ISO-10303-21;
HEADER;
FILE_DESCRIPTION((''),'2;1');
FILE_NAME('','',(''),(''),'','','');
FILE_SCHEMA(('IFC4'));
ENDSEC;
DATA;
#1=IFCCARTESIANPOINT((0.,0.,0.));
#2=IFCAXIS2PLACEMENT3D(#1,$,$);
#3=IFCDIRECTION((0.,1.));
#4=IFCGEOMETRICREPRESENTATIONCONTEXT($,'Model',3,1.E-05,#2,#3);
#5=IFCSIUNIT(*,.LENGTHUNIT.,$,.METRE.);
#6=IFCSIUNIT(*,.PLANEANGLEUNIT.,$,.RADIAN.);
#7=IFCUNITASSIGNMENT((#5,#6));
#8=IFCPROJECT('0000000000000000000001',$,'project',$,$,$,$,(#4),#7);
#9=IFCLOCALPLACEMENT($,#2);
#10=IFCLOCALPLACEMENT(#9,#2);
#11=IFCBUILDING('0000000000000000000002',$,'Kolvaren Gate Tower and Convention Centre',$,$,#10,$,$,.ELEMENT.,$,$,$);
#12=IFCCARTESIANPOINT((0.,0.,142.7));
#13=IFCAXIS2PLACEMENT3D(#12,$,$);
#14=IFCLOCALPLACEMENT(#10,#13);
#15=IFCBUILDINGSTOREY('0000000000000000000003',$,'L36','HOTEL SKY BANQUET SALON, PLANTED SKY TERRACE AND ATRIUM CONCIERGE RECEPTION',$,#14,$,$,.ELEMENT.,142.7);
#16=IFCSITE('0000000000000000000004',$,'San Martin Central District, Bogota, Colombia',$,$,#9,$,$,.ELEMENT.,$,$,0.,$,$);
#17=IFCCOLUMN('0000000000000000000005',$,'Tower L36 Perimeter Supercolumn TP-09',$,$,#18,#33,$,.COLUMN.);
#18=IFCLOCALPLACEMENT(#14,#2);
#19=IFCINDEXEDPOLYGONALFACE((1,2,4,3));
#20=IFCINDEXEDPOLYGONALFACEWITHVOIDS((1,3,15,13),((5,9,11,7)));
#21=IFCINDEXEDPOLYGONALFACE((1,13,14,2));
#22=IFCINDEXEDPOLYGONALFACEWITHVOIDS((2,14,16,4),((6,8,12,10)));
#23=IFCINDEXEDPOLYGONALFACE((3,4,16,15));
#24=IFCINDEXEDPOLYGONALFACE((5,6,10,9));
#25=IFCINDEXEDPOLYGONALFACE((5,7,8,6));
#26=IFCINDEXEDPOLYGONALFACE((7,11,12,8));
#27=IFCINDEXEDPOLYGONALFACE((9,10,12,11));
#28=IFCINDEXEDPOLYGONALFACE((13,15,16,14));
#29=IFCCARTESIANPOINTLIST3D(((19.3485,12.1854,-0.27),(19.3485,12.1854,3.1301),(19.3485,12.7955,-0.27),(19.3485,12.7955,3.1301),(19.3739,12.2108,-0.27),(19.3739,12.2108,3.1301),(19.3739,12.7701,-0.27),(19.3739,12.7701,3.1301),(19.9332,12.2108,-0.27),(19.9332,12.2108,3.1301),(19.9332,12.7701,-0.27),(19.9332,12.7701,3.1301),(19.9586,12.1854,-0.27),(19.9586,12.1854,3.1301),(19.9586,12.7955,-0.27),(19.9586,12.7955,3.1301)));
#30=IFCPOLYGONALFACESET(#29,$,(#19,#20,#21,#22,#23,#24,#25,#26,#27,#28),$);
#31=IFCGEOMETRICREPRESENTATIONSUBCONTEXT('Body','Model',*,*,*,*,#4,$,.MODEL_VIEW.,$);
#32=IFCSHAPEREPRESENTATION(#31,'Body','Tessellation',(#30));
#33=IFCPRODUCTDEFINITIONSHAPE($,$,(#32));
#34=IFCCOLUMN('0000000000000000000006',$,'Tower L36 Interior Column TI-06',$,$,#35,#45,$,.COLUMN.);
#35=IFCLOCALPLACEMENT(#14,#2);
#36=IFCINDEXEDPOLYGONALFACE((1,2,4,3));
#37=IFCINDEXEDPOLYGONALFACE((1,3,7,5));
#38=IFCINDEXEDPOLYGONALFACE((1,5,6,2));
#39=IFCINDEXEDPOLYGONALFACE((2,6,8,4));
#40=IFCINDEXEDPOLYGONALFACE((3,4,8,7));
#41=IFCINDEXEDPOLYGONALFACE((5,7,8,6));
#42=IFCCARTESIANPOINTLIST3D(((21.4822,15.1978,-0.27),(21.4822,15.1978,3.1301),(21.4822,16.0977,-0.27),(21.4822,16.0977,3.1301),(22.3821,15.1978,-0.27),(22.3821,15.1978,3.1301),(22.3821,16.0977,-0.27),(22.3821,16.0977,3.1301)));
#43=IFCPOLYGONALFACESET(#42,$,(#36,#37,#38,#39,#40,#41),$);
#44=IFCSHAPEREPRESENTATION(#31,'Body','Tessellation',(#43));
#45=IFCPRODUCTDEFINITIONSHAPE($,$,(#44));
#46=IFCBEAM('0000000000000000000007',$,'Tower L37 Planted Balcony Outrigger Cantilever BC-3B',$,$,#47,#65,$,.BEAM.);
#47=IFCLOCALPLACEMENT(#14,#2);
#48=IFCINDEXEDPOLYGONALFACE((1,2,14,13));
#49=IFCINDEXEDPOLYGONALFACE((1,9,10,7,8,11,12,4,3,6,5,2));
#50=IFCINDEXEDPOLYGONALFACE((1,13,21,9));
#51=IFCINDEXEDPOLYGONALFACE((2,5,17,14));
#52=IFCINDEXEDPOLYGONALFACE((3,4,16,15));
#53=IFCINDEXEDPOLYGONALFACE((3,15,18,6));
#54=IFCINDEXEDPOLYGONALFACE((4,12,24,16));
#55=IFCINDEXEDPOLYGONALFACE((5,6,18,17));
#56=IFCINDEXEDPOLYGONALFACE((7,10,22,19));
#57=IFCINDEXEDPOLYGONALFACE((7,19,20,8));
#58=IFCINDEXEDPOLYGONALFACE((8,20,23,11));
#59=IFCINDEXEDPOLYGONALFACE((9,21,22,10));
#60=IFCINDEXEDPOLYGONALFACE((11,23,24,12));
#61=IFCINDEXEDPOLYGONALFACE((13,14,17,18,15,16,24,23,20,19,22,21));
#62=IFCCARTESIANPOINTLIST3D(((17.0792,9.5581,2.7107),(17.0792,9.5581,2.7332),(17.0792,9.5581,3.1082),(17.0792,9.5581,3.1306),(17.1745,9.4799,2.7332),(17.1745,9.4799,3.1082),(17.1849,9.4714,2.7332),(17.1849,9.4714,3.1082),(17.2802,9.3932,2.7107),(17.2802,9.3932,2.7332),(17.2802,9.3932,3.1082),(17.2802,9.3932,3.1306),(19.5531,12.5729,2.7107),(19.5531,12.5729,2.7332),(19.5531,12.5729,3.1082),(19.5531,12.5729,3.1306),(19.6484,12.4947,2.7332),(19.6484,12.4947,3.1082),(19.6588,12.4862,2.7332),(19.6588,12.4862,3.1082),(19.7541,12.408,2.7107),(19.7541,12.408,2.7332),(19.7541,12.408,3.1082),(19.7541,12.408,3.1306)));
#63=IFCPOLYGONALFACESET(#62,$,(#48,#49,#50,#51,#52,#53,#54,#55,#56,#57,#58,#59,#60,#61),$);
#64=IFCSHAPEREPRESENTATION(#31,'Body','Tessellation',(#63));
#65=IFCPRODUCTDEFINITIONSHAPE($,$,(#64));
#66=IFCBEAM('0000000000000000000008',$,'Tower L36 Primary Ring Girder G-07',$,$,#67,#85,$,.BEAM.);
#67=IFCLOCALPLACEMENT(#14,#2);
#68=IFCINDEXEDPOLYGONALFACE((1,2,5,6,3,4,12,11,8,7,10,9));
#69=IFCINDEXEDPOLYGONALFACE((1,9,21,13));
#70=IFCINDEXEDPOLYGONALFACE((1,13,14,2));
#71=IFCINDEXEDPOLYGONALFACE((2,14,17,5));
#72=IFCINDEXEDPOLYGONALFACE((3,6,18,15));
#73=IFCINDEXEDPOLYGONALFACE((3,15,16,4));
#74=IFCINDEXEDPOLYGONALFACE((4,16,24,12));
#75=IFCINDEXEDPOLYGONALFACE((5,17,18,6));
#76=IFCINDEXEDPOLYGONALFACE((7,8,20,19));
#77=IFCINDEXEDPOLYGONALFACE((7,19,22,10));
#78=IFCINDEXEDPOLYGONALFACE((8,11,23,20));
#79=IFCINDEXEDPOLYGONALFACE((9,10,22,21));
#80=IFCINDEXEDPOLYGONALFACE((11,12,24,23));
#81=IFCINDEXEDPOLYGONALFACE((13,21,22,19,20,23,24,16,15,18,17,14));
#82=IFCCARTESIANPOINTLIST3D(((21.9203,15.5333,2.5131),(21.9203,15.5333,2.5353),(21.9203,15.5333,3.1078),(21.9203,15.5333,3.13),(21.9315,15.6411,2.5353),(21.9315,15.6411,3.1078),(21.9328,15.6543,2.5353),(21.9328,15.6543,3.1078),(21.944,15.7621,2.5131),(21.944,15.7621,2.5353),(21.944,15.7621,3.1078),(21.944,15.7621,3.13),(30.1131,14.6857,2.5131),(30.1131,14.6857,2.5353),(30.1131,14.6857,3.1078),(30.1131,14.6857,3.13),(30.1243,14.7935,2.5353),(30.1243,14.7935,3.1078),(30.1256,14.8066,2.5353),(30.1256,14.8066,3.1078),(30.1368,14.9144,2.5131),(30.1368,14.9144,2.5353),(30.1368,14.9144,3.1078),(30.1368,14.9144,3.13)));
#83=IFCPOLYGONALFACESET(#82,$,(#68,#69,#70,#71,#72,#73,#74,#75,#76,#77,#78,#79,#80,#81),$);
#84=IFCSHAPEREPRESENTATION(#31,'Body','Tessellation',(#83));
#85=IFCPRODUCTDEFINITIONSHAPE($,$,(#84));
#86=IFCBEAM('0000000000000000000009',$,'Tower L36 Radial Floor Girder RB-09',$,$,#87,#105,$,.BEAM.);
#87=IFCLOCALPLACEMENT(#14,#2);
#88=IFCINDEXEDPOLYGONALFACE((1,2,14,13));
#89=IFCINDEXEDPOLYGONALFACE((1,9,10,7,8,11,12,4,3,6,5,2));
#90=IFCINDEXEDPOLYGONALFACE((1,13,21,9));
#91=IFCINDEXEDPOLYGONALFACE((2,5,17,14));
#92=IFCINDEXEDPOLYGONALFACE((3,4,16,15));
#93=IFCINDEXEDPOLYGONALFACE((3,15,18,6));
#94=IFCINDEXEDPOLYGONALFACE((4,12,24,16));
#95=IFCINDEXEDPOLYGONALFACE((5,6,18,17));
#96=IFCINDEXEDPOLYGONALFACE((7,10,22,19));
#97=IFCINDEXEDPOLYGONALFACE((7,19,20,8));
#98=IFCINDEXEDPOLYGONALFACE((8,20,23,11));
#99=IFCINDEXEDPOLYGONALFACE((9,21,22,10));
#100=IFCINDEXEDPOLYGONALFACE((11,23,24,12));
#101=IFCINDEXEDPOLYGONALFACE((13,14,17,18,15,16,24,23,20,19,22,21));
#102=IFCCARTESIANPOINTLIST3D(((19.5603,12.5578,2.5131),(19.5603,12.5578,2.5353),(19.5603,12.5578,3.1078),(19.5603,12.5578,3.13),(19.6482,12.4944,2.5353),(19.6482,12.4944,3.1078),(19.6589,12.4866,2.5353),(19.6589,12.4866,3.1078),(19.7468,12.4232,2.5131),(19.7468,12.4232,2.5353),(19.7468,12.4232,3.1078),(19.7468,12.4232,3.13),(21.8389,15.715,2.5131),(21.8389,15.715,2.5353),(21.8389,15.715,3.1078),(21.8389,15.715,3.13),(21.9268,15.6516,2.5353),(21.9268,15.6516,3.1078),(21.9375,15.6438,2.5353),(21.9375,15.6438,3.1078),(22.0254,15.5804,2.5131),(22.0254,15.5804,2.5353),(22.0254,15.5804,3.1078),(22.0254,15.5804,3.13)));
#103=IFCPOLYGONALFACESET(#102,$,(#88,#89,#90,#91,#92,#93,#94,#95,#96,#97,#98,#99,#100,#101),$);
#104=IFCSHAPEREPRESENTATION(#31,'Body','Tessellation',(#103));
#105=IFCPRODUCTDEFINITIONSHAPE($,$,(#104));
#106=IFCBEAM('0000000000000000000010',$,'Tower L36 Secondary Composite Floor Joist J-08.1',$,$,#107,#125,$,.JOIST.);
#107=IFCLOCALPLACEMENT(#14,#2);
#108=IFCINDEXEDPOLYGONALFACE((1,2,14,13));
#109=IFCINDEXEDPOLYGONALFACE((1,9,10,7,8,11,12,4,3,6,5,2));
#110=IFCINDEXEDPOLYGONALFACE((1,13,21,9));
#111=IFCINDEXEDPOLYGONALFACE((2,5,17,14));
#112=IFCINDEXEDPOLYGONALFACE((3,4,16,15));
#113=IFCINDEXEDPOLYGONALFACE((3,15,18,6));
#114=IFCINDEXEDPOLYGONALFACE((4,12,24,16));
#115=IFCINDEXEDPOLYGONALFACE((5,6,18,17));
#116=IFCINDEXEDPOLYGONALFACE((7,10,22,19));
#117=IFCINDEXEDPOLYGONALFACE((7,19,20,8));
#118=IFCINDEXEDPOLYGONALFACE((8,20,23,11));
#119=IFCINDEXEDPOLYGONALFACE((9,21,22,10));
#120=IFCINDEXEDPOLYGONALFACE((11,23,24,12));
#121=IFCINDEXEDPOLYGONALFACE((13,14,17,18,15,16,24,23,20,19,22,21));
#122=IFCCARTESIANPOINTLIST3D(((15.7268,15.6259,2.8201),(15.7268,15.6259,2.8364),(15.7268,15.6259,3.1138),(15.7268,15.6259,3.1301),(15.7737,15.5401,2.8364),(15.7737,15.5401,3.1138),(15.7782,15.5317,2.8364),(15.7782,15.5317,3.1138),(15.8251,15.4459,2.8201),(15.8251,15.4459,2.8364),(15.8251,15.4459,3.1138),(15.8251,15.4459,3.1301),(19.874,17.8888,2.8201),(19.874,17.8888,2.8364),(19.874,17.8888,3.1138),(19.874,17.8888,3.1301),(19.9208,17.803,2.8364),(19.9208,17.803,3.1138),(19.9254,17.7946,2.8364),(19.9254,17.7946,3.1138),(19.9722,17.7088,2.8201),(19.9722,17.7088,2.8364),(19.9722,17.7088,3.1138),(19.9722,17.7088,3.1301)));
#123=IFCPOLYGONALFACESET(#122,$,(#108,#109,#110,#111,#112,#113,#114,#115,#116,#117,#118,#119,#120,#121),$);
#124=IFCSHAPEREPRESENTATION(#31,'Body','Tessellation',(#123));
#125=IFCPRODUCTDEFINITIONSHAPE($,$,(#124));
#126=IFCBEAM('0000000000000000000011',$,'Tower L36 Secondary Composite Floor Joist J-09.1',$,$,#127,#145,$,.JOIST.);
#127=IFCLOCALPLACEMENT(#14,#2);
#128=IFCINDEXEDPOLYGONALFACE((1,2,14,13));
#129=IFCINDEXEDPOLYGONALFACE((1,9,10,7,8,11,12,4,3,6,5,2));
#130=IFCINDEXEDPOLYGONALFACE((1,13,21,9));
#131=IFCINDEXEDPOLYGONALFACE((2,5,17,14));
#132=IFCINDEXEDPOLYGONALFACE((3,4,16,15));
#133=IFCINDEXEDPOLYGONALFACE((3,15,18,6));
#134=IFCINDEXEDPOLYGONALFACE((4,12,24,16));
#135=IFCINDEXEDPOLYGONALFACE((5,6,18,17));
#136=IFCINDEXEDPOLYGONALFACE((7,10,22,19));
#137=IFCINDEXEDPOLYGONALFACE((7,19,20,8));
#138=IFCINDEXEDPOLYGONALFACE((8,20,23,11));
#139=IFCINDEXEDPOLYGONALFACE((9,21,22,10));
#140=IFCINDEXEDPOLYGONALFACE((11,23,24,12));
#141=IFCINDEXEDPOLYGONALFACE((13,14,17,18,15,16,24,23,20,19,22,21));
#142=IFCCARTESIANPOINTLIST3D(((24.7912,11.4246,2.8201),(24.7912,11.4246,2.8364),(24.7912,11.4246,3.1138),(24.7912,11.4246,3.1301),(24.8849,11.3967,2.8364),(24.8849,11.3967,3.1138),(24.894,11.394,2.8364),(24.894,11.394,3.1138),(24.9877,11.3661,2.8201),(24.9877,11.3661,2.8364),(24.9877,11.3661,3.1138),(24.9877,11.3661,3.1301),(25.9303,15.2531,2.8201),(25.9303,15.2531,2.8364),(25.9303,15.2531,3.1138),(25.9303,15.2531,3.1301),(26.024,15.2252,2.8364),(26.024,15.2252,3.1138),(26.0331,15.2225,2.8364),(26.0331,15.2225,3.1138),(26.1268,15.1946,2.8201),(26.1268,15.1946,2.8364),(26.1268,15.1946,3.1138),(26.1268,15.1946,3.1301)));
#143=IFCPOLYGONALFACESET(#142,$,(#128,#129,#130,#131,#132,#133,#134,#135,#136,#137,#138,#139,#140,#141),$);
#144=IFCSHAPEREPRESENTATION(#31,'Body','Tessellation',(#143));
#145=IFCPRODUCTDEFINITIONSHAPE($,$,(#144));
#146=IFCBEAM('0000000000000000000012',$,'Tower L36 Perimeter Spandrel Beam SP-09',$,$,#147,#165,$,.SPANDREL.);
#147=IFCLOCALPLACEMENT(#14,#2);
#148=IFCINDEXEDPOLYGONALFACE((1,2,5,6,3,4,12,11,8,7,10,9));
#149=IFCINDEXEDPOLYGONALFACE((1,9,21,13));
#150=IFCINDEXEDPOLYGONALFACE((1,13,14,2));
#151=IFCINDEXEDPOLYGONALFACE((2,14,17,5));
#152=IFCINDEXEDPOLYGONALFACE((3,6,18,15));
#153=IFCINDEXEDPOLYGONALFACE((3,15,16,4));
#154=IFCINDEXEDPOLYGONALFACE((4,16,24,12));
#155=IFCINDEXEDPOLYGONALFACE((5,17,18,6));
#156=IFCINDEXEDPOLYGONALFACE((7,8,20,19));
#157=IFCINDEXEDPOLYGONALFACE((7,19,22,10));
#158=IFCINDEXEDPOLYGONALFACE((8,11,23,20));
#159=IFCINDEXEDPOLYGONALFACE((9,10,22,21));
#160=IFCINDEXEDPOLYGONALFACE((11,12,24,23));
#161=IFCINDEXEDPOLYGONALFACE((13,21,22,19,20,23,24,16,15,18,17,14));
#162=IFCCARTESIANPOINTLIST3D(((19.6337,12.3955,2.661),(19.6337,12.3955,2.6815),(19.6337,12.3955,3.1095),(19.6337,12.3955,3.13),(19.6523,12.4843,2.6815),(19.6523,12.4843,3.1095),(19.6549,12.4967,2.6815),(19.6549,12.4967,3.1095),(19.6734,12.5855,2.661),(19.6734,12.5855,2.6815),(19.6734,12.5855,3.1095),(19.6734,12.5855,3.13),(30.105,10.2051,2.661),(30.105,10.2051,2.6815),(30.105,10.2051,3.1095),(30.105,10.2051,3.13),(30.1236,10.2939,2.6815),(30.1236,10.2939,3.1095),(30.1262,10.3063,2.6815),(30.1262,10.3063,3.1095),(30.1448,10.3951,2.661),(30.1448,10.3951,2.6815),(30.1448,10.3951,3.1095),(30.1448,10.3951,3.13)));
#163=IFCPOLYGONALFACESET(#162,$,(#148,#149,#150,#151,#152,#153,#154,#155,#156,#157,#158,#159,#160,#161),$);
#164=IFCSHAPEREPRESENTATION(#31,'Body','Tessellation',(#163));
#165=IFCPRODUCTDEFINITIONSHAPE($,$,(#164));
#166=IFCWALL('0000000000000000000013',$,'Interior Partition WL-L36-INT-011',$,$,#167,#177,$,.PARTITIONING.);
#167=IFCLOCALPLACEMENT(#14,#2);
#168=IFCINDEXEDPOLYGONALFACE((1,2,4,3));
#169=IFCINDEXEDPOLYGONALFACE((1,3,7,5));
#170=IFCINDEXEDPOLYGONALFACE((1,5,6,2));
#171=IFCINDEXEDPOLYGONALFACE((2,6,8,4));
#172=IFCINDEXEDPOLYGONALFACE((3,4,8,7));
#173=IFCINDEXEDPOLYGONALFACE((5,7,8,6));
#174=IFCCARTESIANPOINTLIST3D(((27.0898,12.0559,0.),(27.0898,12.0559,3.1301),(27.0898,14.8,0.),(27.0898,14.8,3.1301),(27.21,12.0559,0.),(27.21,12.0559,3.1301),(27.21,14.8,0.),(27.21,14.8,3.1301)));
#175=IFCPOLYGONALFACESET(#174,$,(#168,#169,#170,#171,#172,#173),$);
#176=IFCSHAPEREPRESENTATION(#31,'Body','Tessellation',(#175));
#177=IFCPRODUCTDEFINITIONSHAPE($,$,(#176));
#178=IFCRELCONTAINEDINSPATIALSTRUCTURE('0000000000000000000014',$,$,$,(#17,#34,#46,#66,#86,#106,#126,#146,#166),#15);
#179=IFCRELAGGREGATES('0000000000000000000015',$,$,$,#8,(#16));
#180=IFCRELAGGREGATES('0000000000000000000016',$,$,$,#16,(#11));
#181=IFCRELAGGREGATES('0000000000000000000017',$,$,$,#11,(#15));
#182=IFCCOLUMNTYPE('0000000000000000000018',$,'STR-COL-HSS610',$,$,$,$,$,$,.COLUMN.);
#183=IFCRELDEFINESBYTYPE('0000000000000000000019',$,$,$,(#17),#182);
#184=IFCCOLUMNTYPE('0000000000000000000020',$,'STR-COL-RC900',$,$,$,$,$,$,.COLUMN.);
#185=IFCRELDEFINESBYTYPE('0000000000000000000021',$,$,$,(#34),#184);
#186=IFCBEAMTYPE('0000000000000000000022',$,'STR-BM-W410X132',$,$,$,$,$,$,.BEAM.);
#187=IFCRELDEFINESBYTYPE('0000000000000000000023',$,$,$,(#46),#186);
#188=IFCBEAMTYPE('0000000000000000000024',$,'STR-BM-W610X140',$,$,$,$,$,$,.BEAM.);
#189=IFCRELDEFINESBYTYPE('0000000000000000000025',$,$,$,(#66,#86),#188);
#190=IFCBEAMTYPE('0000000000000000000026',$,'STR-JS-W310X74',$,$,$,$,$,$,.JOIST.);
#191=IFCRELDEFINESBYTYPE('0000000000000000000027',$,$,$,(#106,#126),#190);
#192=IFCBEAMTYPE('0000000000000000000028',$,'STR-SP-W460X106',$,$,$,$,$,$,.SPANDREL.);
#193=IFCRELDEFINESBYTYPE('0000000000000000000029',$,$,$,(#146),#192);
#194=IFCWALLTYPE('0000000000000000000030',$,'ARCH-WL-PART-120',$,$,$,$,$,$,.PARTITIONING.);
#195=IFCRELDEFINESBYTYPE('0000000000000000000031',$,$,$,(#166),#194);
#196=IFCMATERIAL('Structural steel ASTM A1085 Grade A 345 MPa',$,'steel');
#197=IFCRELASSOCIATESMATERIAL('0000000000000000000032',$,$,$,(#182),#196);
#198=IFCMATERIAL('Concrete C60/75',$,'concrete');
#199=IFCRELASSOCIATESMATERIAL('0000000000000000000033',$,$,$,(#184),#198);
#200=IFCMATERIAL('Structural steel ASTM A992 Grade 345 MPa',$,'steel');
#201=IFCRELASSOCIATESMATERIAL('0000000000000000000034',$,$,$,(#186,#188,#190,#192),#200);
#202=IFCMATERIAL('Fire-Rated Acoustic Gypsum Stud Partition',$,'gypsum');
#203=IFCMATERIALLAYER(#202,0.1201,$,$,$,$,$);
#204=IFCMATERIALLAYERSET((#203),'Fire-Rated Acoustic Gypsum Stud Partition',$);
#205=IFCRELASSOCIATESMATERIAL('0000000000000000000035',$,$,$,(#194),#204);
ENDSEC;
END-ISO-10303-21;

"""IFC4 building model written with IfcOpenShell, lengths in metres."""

from ifc_helpers import new_model, si_unit, direction, frame, frame_2d, origin, origin_2d, place, context, subcontext, project, spatial, rectangle, hollow_rectangle, i_section, extrude, material, layer, layer_set, material_profile, profile_set, type_object, element, save


model = new_model("IFC4")

# Units and contexts
model_context = context("Model", 3, precision=1e-05, world=origin(), true_north=direction((0.0, 1.0)))
body_context = subcontext(model_context, "Body", "Model", "MODEL_VIEW")
ifc_project = project(units=[si_unit("LENGTHUNIT", "METRE"), si_unit("PLANEANGLEUNIT", "RADIAN")], contexts=[model_context])

# Site, building, storey
site_placement = place(None, origin())
site = spatial("IfcSite", under=ifc_project, at=site_placement, Name="San Martin Central District, Bogota, Colombia", CompositionType="ELEMENT", RefElevation=0.0)
building_placement = place(site_placement, origin())
building = spatial("IfcBuilding", under=site, at=building_placement, Name="Kolvaren Gate Tower and Convention Centre", CompositionType="ELEMENT")
storey_placement = place(building_placement, frame((0.0, 0.0, 142.7)))
storey = spatial("IfcBuildingStorey", under=building, at=storey_placement, Name="L36", Description="HOTEL SKY BANQUET SALON, PLANTED SKY TERRACE AND ATRIUM CONCIERGE RECEPTION", CompositionType="ELEMENT", Elevation=142.7)

# Columns
ifc_material_1 = material(Name="Structural steel ASTM A1085 Grade A 345 MPa", Category="steel")
ifc_material_profile_1 = material_profile(ifc_material_1, hollow_rectangle(XDim=0.6101, YDim=0.6101, WallThickness=0.0254, at=origin_2d()), Name="HSS610X610X25.4")
ifc_profile_set_1 = profile_set([ifc_material_profile_1], Name="Structural steel ASTM A1085 Grade A 345 MPa")
column_type_1 = type_object("IfcColumnType", Name="STR-COL-HSS610", PredefinedType="COLUMN", material=ifc_profile_set_1)
column_1_placement = place(storey_placement, frame((19.6536, 12.4905, -0.27), z_axis=(0.0, 0.0, 1.0), x_axis=(1.0, 0.0, 0.0)))
element("IfcColumn", 1, at=column_1_placement, inside=storey, type_object=column_type_1, Name="Tower L36 Perimeter Supercolumn TP-09", PredefinedType="COLUMN", context=body_context, shape_type="SweptSolid", body=[
    extrude(hollow_rectangle(XDim=0.6101, YDim=0.6101, WallThickness=0.0254, at=origin_2d()), origin(), (0.0, 0.0, 1.0), 3.4001),
])
ifc_material_2 = material(Name="Concrete C60/75", Category="concrete")
ifc_material_profile_2 = material_profile(ifc_material_2, rectangle(XDim=0.8999, YDim=0.8999, at=origin_2d()), Name="RC-COL-900X900")
ifc_profile_set_2 = profile_set([ifc_material_profile_2], Name="Concrete C60/75")
column_type_2 = type_object("IfcColumnType", Name="STR-COL-RC900", PredefinedType="COLUMN", material=ifc_profile_set_2)
column_2_placement = place(storey_placement, frame((21.9321, 15.6477, -0.27), z_axis=(0.0, 0.0, 1.0), x_axis=(1.0, 0.0, 0.0)))
element("IfcColumn", 2, at=column_2_placement, inside=storey, type_object=column_type_2, Name="Tower L36 Interior Column TI-06", PredefinedType="COLUMN", context=body_context, shape_type="SweptSolid", body=[
    extrude(rectangle(XDim=0.8999, YDim=0.8999, at=origin_2d()), origin(), (0.0, 0.0, 1.0), 3.4001),
])

# Beams
ifc_material_3 = material(Name="Structural steel ASTM A992 Grade 345 MPa", Category="steel")
ifc_material_profile_3 = material_profile(ifc_material_3, i_section(OverallWidth=0.26, OverallDepth=0.4199, WebThickness=0.0134, FlangeThickness=0.0225, at=origin_2d()), Name="W410X132")
ifc_profile_set_3 = profile_set([ifc_material_profile_3], Name="Structural steel ASTM A992 Grade 345 MPa")
beam_type_1 = type_object("IfcBeamType", Name="STR-BM-W410X132", PredefinedType="BEAM", material=ifc_profile_set_3)
beam_1_placement = place(storey_placement, frame((19.6536, 12.4905, 2.9207), z_axis=(-0.634335, -0.773058, 0.0), x_axis=(0.773058, -0.634335, 0.0)))
element("IfcBeam", 3, at=beam_1_placement, inside=storey, type_object=beam_type_1, Name="Tower L37 Planted Balcony Outrigger Cantilever BC-3B", PredefinedType="BEAM", context=body_context, shape_type="SweptSolid", body=[
    extrude(i_section(OverallWidth=0.26, OverallDepth=0.4199, WebThickness=0.0134, FlangeThickness=0.0225, at=origin_2d()), origin(), (0.0, 0.0, 1.0), 3.8999),
])
ifc_material_profile_4 = material_profile(ifc_material_3, i_section(OverallWidth=0.23, OverallDepth=0.6169, WebThickness=0.0132, FlangeThickness=0.0222, at=origin_2d()), Name="W610X140")
ifc_profile_set_4 = profile_set([ifc_material_profile_4], Name="Structural steel ASTM A992 Grade 345 MPa")
beam_type_2 = type_object("IfcBeamType", Name="STR-BM-W610X140", PredefinedType="BEAM", material=ifc_profile_set_4)
beam_2_placement = place(storey_placement, frame((21.9321, 15.6477, 2.8215), z_axis=(0.99469, -0.102913, 0.0), x_axis=(0.102913, 0.99469, 0.0)))
element("IfcBeam", 4, at=beam_2_placement, inside=storey, type_object=beam_type_2, Name="Tower L36 Primary Ring Girder G-07", PredefinedType="BEAM", context=body_context, shape_type="SweptSolid", body=[
    extrude(i_section(OverallWidth=0.23, OverallDepth=0.6169, WebThickness=0.0132, FlangeThickness=0.0222, at=origin_2d()), origin(), (0.0, 0.0, 1.0), 8.2366),
])
beam_3_placement = place(storey_placement, frame((21.9321, 15.6477, 2.8215), z_axis=(-0.585211, -0.810881, 0.0), x_axis=(0.810881, -0.585211, 0.0)))
element("IfcBeam", 5, at=beam_3_placement, inside=storey, type_object=beam_type_2, Name="Tower L36 Radial Floor Girder RB-09", PredefinedType="BEAM", context=body_context, shape_type="SweptSolid", body=[
    extrude(i_section(OverallWidth=0.23, OverallDepth=0.6169, WebThickness=0.0132, FlangeThickness=0.0222, at=origin_2d()), origin(), (0.0, 0.0, 1.0), 3.8936),
])
ifc_material_profile_5 = material_profile(ifc_material_3, i_section(OverallWidth=0.2051, OverallDepth=0.3101, WebThickness=0.0095, FlangeThickness=0.0164, at=origin_2d()), Name="W310X74")
ifc_profile_set_5 = profile_set([ifc_material_profile_5], Name="Structural steel ASTM A992 Grade 345 MPa")
beam_type_3 = type_object("IfcBeamType", Name="STR-JS-W310X74", PredefinedType="JOIST", material=ifc_profile_set_5)
beam_4_placement = place(storey_placement, frame((19.9231, 17.7988, 2.9751), z_axis=(-0.877822, -0.478986, 0.0), x_axis=(0.478986, -0.877822, 0.0)))
element("IfcBeam", 6, at=beam_4_placement, inside=storey, type_object=beam_type_3, Name="Tower L36 Secondary Composite Floor Joist J-08.1", PredefinedType="JOIST", context=body_context, shape_type="SweptSolid", body=[
    extrude(i_section(OverallWidth=0.2051, OverallDepth=0.3101, WebThickness=0.0095, FlangeThickness=0.0164, at=origin_2d()), origin(), (0.0, 0.0, 1.0), 4.7244),
])
beam_5_placement = place(storey_placement, frame((26.0286, 15.2239, 2.9751), z_axis=(-0.285183, -0.958473, 0.0), x_axis=(0.958473, -0.285183, 0.0)))
element("IfcBeam", 7, at=beam_5_placement, inside=storey, type_object=beam_type_3, Name="Tower L36 Secondary Composite Floor Joist J-09.1", PredefinedType="JOIST", context=body_context, shape_type="SweptSolid", body=[
    extrude(i_section(OverallWidth=0.2051, OverallDepth=0.3101, WebThickness=0.0095, FlangeThickness=0.0164, at=origin_2d()), origin(), (0.0, 0.0, 1.0), 3.9944),
])
ifc_material_profile_6 = material_profile(ifc_material_3, i_section(OverallWidth=0.1941, OverallDepth=0.469, WebThickness=0.0127, FlangeThickness=0.0205, at=origin_2d()), Name="W460X106")
ifc_profile_set_6 = profile_set([ifc_material_profile_6], Name="Structural steel ASTM A992 Grade 345 MPa")
beam_type_4 = type_object("IfcBeamType", Name="STR-SP-W460X106", PredefinedType="SPANDREL", material=ifc_profile_set_6)
beam_6_placement = place(storey_placement, frame((19.6536, 12.4905, 2.8955), z_axis=(0.978814, -0.20475, 0.0), x_axis=(0.20475, 0.978814, 0.0)))
element("IfcBeam", 8, at=beam_6_placement, inside=storey, type_object=beam_type_4, Name="Tower L36 Perimeter Spandrel Beam SP-09", PredefinedType="SPANDREL", context=body_context, shape_type="SweptSolid", body=[
    extrude(i_section(OverallWidth=0.1941, OverallDepth=0.469, WebThickness=0.0127, FlangeThickness=0.0205, at=origin_2d()), origin(), (0.0, 0.0, 1.0), 10.698),
])

# Wall
ifc_material_4 = material(Name="Fire-Rated Acoustic Gypsum Stud Partition", Category="gypsum")
ifc_layer_1 = layer(ifc_material_4, 0.1201)
ifc_layer_set_1 = layer_set([ifc_layer_1], Name="Fire-Rated Acoustic Gypsum Stud Partition")
wall_type_1 = type_object("IfcWallType", Name="ARCH-WL-PART-120", PredefinedType="PARTITIONING", material=ifc_layer_set_1)
wall_1_placement = place(storey_placement, frame((27.1499, 12.0559, 0.0), z_axis=(0.0, 0.0, 1.0), x_axis=(0.0, 1.0, 0.0)))
element("IfcWall", 9, at=wall_1_placement, inside=storey, type_object=wall_type_1, Name="Interior Partition WL-L36-INT-011", PredefinedType="PARTITIONING", context=body_context, shape_type="SweptSolid", body=[
    extrude(rectangle(XDim=2.7441, YDim=0.1201, at=frame_2d((1.3721, 0.0))), origin(), (0.0, 0.0, 1.0), 3.1301),
])

save(model, "model.ifc")
